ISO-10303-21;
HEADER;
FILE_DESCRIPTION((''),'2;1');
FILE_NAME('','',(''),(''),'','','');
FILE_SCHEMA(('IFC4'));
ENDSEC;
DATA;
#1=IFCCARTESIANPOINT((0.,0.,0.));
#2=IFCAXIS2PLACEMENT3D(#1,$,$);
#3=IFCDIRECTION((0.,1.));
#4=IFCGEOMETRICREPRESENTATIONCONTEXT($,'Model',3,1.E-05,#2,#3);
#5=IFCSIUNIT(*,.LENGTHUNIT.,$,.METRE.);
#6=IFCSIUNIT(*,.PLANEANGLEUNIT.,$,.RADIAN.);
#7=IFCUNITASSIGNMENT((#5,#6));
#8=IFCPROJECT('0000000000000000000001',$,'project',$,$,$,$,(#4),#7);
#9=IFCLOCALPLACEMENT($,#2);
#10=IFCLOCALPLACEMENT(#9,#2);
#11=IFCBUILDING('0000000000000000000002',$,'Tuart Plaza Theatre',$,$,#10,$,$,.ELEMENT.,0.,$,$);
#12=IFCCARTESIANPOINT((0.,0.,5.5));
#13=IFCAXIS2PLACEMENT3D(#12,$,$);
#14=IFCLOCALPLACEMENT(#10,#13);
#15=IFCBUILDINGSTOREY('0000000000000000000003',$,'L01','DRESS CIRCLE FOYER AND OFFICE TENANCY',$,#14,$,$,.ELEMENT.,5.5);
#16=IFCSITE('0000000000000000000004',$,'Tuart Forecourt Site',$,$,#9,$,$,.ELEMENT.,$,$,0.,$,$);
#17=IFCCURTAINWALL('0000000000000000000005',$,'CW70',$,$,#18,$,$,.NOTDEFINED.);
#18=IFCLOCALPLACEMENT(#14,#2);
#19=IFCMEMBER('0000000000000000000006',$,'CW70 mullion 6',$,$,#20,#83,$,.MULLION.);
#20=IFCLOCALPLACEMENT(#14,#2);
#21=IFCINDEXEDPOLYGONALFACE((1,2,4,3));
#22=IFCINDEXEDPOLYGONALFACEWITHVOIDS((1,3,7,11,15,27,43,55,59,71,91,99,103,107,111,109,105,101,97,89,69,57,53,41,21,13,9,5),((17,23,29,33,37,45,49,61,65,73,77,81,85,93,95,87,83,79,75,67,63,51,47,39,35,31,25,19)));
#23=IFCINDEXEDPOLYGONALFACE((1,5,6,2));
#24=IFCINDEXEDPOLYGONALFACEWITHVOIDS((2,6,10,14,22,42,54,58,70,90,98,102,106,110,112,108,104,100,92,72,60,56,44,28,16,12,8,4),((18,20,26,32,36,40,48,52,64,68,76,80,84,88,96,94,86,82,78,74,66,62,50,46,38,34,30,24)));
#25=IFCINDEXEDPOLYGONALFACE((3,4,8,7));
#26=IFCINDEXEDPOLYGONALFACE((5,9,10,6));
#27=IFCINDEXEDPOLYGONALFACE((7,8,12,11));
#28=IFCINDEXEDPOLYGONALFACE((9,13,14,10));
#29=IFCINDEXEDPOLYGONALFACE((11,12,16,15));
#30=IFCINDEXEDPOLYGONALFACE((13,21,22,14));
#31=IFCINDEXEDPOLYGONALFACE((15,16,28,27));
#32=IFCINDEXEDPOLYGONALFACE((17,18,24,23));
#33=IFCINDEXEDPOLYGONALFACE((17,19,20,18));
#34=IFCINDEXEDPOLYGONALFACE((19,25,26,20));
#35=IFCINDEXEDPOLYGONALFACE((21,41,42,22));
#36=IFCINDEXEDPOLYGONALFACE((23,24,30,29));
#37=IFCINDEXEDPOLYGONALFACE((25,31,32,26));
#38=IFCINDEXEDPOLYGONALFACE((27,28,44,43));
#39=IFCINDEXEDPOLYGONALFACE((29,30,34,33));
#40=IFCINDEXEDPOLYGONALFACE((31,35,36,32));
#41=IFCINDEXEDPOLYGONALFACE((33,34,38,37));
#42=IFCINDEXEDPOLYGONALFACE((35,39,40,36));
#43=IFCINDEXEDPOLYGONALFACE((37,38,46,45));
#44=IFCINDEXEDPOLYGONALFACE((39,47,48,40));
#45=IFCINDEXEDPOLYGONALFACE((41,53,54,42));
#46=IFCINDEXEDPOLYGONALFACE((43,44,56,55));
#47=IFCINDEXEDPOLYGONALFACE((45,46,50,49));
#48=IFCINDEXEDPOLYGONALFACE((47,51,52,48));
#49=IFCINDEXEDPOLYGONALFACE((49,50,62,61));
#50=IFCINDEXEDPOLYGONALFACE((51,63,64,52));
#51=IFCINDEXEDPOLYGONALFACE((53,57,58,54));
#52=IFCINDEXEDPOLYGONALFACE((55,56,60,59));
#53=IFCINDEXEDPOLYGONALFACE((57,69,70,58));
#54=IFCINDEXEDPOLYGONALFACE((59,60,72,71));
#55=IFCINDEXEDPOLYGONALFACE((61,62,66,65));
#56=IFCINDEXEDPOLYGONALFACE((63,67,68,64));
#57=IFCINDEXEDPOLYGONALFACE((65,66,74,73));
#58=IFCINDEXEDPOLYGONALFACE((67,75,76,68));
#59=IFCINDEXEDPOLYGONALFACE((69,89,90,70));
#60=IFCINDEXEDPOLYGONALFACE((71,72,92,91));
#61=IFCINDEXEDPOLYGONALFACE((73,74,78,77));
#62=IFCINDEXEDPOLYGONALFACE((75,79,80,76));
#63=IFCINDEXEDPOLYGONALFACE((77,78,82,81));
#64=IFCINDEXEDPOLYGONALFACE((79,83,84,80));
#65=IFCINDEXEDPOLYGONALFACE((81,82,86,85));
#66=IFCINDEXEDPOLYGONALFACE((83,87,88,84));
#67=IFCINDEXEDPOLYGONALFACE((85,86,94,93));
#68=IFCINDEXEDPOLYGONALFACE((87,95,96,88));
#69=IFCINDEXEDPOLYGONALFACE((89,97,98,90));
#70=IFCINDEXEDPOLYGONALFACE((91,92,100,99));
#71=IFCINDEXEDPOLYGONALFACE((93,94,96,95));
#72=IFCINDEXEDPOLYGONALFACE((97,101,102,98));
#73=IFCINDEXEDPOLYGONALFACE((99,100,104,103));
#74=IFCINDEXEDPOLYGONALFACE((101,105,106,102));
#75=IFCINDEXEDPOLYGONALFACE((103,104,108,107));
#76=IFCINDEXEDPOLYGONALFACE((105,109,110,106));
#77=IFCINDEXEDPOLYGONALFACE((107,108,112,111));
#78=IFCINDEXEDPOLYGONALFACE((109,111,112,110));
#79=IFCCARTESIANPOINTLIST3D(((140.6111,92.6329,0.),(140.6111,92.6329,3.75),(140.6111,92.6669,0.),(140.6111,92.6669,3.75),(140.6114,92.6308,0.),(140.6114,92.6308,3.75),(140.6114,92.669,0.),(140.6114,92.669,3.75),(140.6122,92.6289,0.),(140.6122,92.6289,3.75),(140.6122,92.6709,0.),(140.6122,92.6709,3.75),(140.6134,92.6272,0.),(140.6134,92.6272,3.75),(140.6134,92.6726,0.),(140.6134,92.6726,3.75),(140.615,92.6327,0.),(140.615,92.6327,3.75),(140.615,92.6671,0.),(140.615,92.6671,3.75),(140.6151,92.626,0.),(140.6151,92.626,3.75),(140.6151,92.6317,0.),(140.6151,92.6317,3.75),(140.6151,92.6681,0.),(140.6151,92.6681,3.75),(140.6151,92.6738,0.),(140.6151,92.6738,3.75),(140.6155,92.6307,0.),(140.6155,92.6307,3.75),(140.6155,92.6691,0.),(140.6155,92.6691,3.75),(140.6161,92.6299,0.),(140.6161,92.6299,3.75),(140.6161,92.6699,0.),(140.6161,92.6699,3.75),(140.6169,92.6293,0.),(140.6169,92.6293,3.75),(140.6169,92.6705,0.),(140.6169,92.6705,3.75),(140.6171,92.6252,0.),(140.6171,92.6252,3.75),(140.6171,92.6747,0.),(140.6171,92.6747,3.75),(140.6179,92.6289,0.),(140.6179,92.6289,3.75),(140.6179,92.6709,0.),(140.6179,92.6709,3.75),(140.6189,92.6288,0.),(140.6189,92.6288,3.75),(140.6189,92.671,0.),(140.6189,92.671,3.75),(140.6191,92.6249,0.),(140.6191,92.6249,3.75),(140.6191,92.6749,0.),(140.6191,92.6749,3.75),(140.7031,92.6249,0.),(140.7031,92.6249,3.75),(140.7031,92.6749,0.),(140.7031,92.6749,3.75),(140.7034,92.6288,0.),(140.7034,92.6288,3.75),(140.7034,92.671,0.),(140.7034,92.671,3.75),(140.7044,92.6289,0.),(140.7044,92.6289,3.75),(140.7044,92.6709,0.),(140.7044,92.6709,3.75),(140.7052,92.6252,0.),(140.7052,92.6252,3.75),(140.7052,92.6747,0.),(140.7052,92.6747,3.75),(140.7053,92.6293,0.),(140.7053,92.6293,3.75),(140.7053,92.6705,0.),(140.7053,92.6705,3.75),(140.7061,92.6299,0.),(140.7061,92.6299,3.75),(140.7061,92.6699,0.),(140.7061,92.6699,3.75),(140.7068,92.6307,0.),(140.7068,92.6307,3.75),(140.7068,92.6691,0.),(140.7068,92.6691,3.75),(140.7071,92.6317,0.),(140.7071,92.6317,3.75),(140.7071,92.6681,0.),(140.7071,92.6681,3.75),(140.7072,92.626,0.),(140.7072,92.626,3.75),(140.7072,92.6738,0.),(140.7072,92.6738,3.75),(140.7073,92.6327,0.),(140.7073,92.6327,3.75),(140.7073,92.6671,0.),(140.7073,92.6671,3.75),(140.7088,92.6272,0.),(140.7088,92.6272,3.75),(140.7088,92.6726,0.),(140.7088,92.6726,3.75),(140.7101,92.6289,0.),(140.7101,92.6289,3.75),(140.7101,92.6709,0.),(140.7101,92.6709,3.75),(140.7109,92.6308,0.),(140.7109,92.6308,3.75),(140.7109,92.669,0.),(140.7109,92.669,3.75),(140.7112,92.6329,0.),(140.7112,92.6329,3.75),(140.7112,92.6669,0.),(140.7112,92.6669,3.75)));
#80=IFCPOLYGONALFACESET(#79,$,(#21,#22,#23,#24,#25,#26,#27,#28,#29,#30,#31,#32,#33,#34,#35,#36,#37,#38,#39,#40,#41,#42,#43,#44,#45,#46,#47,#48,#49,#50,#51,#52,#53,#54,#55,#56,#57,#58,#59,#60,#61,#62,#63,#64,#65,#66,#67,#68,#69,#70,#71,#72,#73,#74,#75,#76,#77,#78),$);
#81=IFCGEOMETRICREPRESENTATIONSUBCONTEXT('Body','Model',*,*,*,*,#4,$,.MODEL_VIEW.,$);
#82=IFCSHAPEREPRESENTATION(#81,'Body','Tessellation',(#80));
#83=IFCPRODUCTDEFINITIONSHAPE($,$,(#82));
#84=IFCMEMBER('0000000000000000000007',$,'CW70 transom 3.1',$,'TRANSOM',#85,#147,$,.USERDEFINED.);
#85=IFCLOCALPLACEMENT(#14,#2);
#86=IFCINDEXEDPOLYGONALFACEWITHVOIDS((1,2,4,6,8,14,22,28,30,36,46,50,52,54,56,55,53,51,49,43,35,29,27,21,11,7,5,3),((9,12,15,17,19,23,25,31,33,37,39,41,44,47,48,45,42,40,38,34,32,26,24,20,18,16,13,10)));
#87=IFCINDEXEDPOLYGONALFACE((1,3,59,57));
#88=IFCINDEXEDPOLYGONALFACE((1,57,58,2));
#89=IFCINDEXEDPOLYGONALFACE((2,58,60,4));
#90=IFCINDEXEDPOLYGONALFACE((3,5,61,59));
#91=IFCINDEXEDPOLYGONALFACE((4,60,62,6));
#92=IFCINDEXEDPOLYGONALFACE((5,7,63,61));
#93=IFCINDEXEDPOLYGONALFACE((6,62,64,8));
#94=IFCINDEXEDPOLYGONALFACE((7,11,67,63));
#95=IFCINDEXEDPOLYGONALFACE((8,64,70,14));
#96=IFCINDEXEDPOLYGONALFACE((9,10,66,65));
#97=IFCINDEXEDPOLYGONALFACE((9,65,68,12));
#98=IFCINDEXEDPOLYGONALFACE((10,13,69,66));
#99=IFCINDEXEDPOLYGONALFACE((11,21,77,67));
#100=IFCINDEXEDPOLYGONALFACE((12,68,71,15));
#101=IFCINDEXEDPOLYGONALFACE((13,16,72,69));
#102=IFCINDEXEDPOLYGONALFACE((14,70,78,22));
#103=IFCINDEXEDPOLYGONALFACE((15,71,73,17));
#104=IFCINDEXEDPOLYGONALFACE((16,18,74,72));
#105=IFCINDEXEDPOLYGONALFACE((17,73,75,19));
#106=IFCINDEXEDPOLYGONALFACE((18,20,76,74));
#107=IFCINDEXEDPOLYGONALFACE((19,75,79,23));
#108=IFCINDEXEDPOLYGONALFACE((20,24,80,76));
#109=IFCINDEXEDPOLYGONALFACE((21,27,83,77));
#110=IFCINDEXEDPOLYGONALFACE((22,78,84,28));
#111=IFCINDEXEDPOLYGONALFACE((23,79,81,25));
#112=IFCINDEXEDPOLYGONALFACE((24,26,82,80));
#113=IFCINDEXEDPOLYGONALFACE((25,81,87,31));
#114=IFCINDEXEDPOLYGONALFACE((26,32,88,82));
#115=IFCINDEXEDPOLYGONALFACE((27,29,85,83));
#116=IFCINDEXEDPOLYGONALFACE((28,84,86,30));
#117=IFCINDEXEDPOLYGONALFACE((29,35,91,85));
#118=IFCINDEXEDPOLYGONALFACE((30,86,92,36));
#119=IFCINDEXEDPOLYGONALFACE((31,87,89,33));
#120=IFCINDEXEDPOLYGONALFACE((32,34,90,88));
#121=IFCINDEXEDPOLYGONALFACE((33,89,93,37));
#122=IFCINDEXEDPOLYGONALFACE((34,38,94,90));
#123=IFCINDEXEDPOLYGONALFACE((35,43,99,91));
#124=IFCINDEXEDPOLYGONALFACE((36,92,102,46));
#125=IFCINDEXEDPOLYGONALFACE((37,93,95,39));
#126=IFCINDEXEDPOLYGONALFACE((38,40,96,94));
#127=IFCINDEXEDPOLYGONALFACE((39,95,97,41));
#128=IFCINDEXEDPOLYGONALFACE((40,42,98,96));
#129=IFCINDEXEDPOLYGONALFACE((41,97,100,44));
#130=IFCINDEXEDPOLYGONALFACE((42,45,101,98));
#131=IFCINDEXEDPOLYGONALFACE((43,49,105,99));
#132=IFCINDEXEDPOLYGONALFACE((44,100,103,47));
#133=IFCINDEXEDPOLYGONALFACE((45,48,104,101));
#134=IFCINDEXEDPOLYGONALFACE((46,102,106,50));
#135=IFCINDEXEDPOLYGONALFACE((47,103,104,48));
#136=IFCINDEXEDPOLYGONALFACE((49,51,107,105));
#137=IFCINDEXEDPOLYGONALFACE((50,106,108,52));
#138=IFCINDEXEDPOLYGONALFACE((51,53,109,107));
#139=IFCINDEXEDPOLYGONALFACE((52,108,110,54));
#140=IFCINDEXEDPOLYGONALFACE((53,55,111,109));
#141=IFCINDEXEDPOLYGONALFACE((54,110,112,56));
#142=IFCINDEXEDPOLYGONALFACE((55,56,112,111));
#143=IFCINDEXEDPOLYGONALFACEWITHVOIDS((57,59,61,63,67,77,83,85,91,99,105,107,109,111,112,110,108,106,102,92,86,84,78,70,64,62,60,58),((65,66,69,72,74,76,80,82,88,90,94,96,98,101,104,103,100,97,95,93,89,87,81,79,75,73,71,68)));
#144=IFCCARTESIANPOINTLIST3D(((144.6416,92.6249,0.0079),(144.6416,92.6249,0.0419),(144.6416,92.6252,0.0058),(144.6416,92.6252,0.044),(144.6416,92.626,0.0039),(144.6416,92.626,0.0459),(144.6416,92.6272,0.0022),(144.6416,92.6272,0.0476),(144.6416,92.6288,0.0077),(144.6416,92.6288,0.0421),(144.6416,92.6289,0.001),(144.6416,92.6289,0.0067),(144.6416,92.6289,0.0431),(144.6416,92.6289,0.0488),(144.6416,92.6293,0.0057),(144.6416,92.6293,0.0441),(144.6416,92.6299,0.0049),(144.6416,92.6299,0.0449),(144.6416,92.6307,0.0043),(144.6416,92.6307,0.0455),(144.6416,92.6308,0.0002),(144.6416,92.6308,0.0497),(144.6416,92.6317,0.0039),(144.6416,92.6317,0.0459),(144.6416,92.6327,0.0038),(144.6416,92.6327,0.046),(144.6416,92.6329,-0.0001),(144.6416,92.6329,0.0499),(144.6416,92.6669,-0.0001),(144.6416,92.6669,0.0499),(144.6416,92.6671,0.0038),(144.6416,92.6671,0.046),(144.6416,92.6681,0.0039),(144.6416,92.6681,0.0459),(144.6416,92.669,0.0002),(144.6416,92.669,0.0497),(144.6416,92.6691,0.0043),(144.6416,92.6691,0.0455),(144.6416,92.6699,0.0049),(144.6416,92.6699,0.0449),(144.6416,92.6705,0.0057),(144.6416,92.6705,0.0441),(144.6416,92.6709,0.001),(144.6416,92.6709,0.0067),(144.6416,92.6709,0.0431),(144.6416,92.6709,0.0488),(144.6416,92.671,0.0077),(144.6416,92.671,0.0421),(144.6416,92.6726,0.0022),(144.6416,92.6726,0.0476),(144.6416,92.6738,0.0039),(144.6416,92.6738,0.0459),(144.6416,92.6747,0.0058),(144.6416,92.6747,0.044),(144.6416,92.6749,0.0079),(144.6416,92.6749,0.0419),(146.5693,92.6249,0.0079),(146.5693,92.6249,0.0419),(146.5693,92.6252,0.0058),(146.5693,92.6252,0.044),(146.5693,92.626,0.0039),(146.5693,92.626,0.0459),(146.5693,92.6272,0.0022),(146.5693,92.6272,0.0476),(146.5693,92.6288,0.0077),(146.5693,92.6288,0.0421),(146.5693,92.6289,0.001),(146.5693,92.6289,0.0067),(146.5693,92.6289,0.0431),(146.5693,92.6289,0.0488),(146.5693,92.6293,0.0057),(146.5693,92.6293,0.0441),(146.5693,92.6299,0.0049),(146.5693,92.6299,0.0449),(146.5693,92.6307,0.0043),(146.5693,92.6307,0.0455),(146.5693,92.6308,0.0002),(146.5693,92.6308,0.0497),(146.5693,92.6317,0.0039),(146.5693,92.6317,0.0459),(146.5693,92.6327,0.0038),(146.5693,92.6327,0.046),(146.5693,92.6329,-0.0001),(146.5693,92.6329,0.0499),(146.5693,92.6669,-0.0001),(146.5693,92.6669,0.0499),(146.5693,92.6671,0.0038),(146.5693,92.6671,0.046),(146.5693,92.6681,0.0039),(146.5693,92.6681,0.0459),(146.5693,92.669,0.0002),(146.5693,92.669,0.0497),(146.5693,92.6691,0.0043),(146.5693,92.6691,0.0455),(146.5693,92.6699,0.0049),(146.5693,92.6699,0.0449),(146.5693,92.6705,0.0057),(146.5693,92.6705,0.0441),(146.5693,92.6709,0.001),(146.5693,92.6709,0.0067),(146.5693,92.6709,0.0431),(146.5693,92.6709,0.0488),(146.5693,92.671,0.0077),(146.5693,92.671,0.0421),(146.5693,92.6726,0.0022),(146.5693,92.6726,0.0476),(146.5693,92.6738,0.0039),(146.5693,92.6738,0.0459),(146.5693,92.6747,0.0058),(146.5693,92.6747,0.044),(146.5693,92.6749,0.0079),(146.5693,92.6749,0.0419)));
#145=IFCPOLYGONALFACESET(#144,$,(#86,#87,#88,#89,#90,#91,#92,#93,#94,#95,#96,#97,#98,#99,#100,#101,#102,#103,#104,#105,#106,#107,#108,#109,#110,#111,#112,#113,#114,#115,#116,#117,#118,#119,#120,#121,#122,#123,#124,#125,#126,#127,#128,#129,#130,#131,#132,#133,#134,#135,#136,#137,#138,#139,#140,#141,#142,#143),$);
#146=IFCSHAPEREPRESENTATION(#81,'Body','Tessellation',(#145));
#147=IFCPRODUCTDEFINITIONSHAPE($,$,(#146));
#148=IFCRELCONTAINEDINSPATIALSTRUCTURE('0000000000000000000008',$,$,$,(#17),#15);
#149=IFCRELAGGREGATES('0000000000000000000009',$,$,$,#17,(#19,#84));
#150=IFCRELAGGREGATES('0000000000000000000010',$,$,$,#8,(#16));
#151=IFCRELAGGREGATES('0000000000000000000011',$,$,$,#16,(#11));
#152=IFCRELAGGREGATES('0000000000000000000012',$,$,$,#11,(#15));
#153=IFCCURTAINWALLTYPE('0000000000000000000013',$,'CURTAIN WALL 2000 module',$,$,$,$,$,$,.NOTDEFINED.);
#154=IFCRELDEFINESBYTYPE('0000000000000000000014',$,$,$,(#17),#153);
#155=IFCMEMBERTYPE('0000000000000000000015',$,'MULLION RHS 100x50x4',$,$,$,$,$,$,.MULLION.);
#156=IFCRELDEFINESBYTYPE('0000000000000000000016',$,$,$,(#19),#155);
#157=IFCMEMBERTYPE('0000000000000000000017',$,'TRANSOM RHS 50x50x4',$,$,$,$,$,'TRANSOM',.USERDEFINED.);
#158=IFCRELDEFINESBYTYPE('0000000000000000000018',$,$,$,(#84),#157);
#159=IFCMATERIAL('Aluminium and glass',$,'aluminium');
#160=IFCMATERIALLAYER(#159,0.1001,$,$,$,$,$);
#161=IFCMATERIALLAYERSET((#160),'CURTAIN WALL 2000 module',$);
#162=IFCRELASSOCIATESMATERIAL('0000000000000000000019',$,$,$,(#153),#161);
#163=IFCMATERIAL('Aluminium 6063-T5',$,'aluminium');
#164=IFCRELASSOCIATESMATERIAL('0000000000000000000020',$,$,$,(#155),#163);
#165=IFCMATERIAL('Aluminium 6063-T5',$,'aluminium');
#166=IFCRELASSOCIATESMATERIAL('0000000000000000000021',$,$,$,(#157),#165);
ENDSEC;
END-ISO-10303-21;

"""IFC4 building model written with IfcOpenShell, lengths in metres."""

from ifc_helpers import new_model, si_unit, direction, frame, origin, origin_2d, place, context, subcontext, project, spatial, hollow_rectangle, extrude, material, layer, layer_set, material_profile, profile_set, type_object, element, aggregate, save


model = new_model("IFC4")

# Units and contexts
model_context = context("Model", 3, precision=1e-05, world=origin(), true_north=direction((0.0, 1.0)))
body_context = subcontext(model_context, "Body", "Model", "MODEL_VIEW")
ifc_project = project(units=[si_unit("LENGTHUNIT", "METRE"), si_unit("PLANEANGLEUNIT", "RADIAN")], contexts=[model_context])

# Site, building, storey
site_placement = place(None, origin())
site = spatial("IfcSite", under=ifc_project, at=site_placement, Name="Tuart Forecourt Site", CompositionType="ELEMENT", RefElevation=0.0)
building_placement = place(site_placement, origin())
building = spatial("IfcBuilding", under=site, at=building_placement, Name="Tuart Plaza Theatre", CompositionType="ELEMENT", ElevationOfRefHeight=0.0)
storey_placement = place(building_placement, frame((0.0, 0.0, 5.5)))
storey = spatial("IfcBuildingStorey", under=building, at=storey_placement, Name="L01", Description="DRESS CIRCLE FOYER AND OFFICE TENANCY", CompositionType="ELEMENT", Elevation=5.5)

# Curtain wall, members
ifc_material_1 = material(Name="Aluminium and glass", Category="aluminium")
ifc_layer_1 = layer(ifc_material_1, 0.1001)
ifc_layer_set_1 = layer_set([ifc_layer_1], Name="CURTAIN WALL 2000 module")
curtain_wall_type = type_object("IfcCurtainWallType", Name="CURTAIN WALL 2000 module", PredefinedType="NOTDEFINED", material=ifc_layer_set_1)
curtain_wall_placement = place(storey_placement, origin())
curtain_wall = element("IfcCurtainWall", 1, at=curtain_wall_placement, inside=storey, type_object=curtain_wall_type, Name="CW70", PredefinedType="NOTDEFINED")
ifc_material_2 = material(Name="Aluminium 6063-T5", Category="aluminium")
ifc_material_profile_1 = material_profile(ifc_material_2, hollow_rectangle(XDim=0.05, YDim=0.1001, WallThickness=0.0039, InnerFilletRadius=0.0039, OuterFilletRadius=0.0081, at=origin_2d()), Name="RHS 100x50x4")
ifc_profile_set_1 = profile_set([ifc_material_profile_1], Name="Aluminium 6063-T5")
member_type_1 = type_object("IfcMemberType", Name="MULLION RHS 100x50x4", PredefinedType="MULLION", material=ifc_profile_set_1)
member_1_placement = place(storey_placement, frame((140.6611, 92.6499, 0.0), z_axis=(0.0, 0.0, 1.0), x_axis=(0.0, -1.0, 0.0)))
member_1 = element("IfcMember", 2, at=member_1_placement, type_object=member_type_1, Name="CW70 mullion 6", PredefinedType="MULLION", context=body_context, shape_type="SweptSolid", body=[
    extrude(hollow_rectangle(XDim=0.05, YDim=0.1001, WallThickness=0.0039, InnerFilletRadius=0.0039, OuterFilletRadius=0.0081, at=origin_2d()), origin(), (0.0, 0.0, 1.0), 3.75),
])
ifc_material_3 = material(Name="Aluminium 6063-T5", Category="aluminium")
ifc_material_profile_2 = material_profile(ifc_material_3, hollow_rectangle(XDim=0.05, YDim=0.05, WallThickness=0.0039, InnerFilletRadius=0.0039, OuterFilletRadius=0.0081, at=origin_2d()), Name="RHS 50x50x4")
ifc_profile_set_2 = profile_set([ifc_material_profile_2], Name="Aluminium 6063-T5")
member_type_2 = type_object("IfcMemberType", Name="TRANSOM RHS 50x50x4", ElementType="TRANSOM", PredefinedType="USERDEFINED", material=ifc_profile_set_2)
member_2_placement = place(storey_placement, frame((146.5693, 92.6499, 0.0249), z_axis=(-1.0, 0.0, 0.0), x_axis=(0.0, -1.0, 0.0)))
member_2 = element("IfcMember", 3, at=member_2_placement, type_object=member_type_2, Name="CW70 transom 3.1", ObjectType="TRANSOM", PredefinedType="USERDEFINED", context=body_context, shape_type="SweptSolid", body=[
    extrude(hollow_rectangle(XDim=0.05, YDim=0.05, WallThickness=0.0039, InnerFilletRadius=0.0039, OuterFilletRadius=0.0081, at=origin_2d()), origin(), (0.0, 0.0, 1.0), 1.9277),
])
aggregate(curtain_wall, [member_1, member_2])

save(model, "model.ifc")
